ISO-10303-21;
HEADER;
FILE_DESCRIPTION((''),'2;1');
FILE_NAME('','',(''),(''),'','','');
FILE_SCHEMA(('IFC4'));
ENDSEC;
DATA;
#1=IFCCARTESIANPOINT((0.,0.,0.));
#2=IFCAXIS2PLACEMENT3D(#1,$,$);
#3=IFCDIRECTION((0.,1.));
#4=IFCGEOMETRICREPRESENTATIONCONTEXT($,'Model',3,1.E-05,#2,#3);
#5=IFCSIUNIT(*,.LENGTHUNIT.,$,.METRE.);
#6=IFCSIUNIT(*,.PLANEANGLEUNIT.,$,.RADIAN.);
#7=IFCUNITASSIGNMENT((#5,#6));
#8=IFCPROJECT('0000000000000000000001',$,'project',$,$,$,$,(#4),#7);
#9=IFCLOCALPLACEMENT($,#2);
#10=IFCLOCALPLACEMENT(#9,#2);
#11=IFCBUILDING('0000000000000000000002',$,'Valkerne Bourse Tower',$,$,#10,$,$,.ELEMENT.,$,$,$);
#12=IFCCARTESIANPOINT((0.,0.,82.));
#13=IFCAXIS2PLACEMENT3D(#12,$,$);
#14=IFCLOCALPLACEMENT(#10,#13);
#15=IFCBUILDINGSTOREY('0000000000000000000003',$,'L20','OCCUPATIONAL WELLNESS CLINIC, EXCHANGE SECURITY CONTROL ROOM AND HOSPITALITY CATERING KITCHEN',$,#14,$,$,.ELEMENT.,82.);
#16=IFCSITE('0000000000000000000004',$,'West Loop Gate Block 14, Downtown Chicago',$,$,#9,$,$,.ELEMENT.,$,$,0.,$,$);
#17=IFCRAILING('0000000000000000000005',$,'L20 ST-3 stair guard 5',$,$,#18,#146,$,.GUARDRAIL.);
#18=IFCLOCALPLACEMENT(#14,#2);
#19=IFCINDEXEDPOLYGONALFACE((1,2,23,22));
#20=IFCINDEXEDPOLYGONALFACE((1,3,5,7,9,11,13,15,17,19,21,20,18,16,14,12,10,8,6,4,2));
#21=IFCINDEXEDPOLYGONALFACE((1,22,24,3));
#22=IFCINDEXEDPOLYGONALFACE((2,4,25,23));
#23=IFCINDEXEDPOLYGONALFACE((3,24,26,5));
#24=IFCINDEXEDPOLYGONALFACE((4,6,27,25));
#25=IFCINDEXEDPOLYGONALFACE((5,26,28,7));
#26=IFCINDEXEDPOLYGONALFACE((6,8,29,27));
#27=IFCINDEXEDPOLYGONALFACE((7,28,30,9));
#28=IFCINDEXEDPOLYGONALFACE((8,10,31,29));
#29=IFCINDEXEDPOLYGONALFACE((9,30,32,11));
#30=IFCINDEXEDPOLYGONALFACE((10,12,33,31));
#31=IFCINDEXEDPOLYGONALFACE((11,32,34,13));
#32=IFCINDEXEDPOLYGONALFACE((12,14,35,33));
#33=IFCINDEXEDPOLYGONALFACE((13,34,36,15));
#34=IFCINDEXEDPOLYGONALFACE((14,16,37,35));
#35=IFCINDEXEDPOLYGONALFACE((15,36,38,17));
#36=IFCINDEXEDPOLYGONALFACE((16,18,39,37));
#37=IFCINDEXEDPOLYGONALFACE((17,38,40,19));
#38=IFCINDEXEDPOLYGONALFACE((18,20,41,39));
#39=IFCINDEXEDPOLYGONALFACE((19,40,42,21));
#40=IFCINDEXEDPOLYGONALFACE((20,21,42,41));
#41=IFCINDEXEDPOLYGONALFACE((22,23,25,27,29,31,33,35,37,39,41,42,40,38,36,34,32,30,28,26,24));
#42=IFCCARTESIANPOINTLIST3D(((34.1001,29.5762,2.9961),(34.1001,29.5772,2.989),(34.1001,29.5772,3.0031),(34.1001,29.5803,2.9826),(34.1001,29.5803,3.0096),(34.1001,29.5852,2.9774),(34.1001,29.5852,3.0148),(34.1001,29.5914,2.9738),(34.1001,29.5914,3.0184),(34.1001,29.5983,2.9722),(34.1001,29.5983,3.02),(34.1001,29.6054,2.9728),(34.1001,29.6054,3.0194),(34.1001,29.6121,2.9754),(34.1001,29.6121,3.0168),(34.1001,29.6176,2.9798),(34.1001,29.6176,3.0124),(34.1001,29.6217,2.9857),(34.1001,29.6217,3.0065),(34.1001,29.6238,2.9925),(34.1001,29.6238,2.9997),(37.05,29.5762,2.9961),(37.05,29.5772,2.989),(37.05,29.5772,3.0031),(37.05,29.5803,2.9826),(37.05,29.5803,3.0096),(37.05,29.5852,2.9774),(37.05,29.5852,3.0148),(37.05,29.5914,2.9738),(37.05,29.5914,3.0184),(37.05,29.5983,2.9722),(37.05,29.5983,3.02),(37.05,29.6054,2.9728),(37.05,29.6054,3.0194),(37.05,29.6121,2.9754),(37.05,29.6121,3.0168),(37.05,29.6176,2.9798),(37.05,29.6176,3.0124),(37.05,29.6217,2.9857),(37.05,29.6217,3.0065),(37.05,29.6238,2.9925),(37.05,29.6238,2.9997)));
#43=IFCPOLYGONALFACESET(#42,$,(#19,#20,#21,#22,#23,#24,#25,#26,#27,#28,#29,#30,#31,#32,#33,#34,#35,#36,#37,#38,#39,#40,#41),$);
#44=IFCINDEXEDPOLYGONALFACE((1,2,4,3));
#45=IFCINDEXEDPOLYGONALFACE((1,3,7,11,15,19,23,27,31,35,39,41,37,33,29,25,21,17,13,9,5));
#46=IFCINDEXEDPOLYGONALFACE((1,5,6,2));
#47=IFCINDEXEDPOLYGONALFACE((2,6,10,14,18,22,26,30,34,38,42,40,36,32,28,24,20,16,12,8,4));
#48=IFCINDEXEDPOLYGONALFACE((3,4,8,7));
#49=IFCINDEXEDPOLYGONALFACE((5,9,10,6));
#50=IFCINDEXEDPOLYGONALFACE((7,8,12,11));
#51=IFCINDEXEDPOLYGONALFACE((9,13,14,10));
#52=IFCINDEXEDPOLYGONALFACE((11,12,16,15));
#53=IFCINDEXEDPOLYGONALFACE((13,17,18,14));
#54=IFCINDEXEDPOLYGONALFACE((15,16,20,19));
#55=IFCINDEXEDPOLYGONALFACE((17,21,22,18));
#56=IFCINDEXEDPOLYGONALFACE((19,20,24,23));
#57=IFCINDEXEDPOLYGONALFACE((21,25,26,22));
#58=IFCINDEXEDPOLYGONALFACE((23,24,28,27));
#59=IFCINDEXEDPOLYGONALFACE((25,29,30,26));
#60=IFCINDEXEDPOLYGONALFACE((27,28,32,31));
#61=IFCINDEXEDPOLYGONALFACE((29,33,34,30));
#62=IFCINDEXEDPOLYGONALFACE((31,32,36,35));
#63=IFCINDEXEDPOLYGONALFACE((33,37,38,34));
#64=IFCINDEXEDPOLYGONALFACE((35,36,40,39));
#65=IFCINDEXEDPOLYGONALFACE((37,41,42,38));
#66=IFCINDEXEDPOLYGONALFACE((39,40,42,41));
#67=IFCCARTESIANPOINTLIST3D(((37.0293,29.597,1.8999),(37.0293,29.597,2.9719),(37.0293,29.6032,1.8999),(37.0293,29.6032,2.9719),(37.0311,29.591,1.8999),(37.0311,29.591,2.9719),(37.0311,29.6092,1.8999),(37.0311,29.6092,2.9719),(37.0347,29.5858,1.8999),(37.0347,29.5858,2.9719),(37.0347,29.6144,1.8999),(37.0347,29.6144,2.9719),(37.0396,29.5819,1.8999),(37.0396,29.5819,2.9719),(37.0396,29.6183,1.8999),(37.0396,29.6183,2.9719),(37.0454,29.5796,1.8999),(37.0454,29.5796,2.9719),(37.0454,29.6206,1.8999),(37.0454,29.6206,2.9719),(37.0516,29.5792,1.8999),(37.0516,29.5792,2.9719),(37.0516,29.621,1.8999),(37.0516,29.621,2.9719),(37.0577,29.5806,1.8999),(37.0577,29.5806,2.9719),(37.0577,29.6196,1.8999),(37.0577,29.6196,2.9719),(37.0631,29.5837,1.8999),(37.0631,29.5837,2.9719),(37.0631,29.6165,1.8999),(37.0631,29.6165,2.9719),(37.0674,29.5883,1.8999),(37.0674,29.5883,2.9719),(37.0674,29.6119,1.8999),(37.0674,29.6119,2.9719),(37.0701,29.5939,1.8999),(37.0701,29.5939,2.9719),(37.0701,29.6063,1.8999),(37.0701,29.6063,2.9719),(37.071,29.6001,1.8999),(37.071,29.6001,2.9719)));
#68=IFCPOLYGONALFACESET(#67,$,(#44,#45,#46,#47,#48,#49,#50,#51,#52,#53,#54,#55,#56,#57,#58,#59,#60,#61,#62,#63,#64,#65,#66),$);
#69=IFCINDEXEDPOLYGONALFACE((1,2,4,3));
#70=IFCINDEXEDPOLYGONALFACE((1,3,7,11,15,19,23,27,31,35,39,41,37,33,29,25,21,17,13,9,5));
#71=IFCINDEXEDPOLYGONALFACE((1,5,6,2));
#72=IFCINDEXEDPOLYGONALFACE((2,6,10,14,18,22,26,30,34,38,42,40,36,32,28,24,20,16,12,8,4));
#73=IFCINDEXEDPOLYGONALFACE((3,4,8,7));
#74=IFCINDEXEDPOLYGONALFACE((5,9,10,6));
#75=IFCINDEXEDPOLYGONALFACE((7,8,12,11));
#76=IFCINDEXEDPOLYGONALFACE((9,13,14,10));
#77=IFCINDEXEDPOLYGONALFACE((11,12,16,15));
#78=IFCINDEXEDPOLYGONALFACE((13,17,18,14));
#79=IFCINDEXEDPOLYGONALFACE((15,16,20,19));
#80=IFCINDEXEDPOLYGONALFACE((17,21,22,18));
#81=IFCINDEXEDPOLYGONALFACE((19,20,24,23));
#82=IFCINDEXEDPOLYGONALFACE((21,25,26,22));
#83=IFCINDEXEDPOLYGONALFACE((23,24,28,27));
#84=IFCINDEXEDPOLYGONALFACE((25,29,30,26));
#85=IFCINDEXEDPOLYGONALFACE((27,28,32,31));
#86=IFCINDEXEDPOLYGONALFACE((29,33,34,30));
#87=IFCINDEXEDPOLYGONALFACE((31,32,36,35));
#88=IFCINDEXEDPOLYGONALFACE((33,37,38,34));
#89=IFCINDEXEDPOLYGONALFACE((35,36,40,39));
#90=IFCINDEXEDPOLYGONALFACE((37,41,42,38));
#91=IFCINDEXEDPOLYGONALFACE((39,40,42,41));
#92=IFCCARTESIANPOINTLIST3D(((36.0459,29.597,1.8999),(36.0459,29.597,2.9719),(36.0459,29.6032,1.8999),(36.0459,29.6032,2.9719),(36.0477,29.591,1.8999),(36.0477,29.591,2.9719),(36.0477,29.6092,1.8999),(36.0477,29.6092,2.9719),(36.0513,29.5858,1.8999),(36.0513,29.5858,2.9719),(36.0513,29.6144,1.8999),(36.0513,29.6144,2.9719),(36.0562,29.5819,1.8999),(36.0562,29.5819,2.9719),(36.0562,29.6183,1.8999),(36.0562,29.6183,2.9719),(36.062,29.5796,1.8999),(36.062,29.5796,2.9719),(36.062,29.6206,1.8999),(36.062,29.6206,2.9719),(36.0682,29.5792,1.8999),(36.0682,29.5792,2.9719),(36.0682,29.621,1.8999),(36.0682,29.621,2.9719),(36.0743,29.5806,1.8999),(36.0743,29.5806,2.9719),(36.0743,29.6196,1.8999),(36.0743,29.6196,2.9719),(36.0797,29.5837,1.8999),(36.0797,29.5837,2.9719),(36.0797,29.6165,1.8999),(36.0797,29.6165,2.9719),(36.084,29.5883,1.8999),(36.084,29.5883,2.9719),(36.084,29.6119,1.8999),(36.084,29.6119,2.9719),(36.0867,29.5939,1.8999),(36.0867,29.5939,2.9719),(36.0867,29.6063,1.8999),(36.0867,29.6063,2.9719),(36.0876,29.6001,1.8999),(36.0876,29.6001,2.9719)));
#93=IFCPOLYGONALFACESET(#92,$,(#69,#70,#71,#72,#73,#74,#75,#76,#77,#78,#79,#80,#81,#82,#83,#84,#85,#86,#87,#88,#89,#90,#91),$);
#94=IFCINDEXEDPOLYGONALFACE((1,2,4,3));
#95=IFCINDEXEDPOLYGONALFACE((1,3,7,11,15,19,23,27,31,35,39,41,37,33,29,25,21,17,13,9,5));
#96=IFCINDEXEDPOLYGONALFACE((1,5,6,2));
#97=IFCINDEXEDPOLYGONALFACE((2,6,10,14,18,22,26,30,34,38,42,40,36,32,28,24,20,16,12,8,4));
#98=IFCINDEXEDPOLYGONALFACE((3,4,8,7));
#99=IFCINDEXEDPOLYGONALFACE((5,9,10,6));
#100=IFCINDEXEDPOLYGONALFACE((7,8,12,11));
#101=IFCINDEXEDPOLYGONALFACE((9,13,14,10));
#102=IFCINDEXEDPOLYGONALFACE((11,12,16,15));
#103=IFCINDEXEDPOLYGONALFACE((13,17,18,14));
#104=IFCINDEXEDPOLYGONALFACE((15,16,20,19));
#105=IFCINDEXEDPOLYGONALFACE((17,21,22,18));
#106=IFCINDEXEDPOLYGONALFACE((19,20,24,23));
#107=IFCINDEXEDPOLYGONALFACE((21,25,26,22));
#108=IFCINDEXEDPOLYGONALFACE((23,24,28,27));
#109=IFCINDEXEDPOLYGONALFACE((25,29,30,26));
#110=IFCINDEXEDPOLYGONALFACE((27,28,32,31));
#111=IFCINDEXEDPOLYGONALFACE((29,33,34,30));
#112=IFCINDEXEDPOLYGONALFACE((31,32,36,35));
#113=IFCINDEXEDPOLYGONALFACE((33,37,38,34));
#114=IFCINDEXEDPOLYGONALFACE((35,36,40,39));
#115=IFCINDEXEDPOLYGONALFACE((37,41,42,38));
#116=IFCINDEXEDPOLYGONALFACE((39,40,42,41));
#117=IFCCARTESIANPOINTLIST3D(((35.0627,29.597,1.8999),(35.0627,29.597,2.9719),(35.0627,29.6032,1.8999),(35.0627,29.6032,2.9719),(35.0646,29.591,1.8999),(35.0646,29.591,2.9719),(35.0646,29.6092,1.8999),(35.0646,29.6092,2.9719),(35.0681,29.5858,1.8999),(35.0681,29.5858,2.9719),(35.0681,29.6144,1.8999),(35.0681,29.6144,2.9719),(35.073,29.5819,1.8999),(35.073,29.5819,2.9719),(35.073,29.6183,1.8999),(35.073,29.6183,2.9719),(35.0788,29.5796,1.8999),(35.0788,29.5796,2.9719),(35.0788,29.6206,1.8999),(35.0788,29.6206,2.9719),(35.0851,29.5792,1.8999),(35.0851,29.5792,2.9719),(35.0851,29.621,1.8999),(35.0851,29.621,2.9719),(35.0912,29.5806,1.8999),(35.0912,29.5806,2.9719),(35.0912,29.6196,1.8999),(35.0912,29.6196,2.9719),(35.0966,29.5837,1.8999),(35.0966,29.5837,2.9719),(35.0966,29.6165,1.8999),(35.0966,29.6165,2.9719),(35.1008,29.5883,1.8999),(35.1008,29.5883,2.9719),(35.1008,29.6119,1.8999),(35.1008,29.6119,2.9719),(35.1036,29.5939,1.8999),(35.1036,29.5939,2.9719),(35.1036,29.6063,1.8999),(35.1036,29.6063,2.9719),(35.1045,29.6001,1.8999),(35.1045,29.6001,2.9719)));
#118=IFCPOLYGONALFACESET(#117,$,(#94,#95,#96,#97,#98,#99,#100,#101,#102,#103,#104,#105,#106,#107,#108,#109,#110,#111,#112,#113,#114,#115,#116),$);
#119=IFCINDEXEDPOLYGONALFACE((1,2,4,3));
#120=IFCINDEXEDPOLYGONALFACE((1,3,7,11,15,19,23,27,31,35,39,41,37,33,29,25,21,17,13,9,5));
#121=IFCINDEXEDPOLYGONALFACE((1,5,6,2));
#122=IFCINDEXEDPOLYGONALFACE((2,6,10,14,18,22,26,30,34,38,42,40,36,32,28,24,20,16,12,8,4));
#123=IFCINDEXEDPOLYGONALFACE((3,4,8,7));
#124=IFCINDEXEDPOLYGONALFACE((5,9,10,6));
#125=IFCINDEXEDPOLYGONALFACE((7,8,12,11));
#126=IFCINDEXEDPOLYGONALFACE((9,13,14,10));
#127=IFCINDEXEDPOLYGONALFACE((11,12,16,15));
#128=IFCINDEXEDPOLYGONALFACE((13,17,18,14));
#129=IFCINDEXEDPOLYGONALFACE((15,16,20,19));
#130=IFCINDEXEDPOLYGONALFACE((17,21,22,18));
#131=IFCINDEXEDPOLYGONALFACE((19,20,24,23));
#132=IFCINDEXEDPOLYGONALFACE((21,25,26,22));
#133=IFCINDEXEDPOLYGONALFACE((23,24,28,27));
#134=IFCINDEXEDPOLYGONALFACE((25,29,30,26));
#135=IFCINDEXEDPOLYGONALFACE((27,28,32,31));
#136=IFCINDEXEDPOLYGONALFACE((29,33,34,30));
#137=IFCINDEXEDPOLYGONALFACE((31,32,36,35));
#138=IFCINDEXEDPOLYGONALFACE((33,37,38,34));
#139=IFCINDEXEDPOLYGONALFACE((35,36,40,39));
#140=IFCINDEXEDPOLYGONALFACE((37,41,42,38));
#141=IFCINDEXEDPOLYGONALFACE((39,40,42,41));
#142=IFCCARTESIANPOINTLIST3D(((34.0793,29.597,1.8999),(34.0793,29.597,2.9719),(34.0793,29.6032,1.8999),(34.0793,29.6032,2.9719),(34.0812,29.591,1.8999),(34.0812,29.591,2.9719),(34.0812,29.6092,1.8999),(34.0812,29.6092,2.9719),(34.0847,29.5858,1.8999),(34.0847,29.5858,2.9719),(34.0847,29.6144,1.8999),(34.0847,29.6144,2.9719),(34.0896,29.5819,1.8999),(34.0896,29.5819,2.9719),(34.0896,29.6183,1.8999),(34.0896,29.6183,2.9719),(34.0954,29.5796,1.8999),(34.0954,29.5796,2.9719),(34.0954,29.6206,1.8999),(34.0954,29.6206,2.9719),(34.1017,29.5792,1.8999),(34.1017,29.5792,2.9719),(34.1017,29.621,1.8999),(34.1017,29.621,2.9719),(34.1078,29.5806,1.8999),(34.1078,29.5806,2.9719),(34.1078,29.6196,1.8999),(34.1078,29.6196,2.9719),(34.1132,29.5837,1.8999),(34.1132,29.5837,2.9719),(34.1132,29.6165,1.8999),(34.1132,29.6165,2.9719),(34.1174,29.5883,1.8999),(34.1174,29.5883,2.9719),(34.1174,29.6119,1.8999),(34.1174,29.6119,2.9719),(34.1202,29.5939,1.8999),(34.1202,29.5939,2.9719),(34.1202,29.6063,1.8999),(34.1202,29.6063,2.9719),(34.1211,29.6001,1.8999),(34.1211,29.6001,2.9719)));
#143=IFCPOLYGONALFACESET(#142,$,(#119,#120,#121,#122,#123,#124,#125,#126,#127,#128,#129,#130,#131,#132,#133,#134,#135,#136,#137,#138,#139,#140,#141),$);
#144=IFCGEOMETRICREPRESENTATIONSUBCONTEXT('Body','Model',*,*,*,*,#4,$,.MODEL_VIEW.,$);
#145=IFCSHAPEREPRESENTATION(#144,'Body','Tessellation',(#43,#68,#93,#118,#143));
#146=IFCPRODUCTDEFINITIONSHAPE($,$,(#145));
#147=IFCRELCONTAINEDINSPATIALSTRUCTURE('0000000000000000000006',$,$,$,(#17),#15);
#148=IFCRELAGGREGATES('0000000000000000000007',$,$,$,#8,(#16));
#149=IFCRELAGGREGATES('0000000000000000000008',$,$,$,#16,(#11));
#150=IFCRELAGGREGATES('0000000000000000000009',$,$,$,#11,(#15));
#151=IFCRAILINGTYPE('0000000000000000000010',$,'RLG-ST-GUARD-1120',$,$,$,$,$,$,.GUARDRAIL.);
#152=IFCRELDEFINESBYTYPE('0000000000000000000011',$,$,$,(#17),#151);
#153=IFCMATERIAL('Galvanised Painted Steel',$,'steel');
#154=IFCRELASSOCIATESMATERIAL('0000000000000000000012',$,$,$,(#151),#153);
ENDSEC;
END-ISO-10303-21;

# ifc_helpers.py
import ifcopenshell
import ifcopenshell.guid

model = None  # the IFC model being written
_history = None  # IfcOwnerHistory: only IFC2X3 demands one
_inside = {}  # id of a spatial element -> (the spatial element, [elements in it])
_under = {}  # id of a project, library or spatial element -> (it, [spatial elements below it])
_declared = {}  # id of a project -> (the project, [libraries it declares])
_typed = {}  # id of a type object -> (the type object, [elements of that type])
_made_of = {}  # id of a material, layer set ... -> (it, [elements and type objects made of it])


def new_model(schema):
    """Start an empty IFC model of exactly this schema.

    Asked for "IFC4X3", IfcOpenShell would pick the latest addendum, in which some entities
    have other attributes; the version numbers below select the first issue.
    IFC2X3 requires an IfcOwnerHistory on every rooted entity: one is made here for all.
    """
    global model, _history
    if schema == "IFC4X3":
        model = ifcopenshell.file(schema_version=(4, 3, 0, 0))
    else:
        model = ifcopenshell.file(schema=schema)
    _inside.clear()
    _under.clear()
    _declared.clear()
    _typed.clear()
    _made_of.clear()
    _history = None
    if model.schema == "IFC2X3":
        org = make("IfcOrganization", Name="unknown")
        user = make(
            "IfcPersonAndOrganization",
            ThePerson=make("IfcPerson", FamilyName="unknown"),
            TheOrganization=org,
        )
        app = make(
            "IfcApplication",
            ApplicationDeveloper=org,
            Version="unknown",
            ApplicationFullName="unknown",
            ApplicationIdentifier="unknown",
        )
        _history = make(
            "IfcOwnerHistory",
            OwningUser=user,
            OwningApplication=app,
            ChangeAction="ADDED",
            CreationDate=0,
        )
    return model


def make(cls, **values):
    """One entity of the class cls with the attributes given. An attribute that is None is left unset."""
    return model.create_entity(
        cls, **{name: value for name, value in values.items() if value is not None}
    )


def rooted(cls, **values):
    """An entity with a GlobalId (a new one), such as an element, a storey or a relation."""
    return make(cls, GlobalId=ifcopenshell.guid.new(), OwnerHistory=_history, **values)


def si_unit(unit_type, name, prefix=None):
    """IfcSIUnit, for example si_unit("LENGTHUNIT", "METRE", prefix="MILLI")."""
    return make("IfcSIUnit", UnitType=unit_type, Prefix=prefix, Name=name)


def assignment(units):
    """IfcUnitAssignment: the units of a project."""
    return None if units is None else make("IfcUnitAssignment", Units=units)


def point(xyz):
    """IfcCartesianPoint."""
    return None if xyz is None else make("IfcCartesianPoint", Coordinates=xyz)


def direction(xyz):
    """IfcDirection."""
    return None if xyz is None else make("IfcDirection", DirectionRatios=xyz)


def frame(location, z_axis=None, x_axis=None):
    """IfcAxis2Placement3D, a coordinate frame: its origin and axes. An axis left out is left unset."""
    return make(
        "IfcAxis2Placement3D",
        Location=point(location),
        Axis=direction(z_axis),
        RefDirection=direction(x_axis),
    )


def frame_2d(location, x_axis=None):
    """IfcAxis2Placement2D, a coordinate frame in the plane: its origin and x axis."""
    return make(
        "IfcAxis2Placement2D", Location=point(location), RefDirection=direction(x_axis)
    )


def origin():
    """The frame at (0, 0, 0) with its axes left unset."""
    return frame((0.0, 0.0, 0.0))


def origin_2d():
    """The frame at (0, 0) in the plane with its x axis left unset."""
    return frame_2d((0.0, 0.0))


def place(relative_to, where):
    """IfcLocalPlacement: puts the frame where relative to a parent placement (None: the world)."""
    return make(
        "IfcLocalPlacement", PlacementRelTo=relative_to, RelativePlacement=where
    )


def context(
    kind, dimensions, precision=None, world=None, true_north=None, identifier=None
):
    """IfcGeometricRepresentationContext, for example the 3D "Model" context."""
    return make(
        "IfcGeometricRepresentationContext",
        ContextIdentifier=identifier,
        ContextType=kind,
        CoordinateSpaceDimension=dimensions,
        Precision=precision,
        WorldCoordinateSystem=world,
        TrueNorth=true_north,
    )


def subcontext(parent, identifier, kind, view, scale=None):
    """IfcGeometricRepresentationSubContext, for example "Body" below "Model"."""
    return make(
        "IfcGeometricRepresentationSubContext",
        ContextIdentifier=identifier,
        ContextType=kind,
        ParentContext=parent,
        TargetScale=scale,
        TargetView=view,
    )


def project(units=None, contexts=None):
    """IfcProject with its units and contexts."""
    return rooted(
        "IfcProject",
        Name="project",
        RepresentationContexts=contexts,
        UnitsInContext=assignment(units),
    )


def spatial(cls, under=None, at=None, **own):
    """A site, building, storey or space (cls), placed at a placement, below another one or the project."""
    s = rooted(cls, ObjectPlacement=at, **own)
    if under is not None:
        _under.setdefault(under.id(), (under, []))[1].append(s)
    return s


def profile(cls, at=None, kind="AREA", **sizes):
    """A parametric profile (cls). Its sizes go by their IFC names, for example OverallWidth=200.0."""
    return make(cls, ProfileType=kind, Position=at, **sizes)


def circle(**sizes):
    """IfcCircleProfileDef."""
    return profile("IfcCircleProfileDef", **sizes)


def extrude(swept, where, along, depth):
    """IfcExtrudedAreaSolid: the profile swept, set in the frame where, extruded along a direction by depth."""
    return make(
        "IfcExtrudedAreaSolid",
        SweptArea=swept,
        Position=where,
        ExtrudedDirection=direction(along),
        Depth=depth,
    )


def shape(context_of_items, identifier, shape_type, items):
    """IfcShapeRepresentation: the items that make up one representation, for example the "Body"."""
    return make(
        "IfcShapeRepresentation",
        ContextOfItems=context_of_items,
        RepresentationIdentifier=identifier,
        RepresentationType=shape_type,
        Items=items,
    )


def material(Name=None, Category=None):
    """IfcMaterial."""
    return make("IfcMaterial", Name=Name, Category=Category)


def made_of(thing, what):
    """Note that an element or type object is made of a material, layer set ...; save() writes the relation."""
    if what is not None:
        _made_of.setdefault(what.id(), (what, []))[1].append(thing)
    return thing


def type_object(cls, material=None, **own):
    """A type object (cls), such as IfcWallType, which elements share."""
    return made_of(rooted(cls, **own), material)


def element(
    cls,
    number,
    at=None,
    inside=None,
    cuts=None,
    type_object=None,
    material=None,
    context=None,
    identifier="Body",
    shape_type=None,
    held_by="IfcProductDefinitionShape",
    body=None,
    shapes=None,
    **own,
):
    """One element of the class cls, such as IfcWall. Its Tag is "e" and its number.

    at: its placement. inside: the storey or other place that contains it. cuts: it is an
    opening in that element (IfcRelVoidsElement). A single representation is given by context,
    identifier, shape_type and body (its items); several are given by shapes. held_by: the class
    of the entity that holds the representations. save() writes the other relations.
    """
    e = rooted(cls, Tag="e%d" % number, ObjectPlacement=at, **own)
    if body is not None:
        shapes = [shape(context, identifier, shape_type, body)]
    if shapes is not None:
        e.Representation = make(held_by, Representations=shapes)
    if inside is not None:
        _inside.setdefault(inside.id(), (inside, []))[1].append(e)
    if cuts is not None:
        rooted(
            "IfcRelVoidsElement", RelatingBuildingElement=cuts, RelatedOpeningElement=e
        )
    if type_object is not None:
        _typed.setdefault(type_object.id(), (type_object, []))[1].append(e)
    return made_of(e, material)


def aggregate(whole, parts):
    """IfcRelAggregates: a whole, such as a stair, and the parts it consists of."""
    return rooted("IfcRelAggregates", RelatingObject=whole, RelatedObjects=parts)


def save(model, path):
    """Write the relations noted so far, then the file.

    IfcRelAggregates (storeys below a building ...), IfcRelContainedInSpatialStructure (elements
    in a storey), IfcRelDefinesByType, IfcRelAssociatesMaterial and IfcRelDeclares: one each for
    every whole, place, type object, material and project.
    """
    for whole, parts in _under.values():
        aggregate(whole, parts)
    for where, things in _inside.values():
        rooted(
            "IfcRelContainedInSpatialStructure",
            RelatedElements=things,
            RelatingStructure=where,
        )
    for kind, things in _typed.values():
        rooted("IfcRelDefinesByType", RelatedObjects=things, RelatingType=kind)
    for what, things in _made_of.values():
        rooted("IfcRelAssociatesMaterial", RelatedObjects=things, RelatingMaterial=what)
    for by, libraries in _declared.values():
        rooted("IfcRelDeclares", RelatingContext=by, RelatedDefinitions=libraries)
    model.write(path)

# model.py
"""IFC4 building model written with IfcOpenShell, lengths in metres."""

from ifc_helpers import new_model, si_unit, direction, frame, origin, origin_2d, place, context, subcontext, project, spatial, circle, extrude, material, type_object, element, save


model = new_model("IFC4")

# Units and contexts
model_context = context("Model", 3, precision=1e-05, world=origin(), true_north=direction((0.0, 1.0)))
body_context = subcontext(model_context, "Body", "Model", "MODEL_VIEW")
ifc_project = project(units=[si_unit("LENGTHUNIT", "METRE"), si_unit("PLANEANGLEUNIT", "RADIAN")], contexts=[model_context])

# Site, building, storey
site_placement = place(None, origin())
site = spatial("IfcSite", under=ifc_project, at=site_placement, Name="West Loop Gate Block 14, Downtown Chicago", CompositionType="ELEMENT", RefElevation=0.0)
building_placement = place(site_placement, origin())
building = spatial("IfcBuilding", under=site, at=building_placement, Name="Valkerne Bourse Tower", CompositionType="ELEMENT")
storey_placement = place(building_placement, frame((0.0, 0.0, 82.0)))
storey = spatial("IfcBuildingStorey", under=building, at=storey_placement, Name="L20", Description="OCCUPATIONAL WELLNESS CLINIC, EXCHANGE SECURITY CONTROL ROOM AND HOSPITALITY CATERING KITCHEN", CompositionType="ELEMENT", Elevation=82.0)

# Railing
ifc_material_1 = material(Name="Galvanised Painted Steel", Category="steel")
railing_type_1 = type_object("IfcRailingType", Name="RLG-ST-GUARD-1120", PredefinedType="GUARDRAIL", material=ifc_material_1)
railing_1_placement = place(storey_placement, frame((37.05, 29.6001, 1.8999)))
element("IfcRailing", 1, at=railing_1_placement, inside=storey, type_object=railing_type_1, Name="L20 ST-3 stair guard 5", PredefinedType="GUARDRAIL", context=body_context, shape_type="SweptSolid", body=[
    extrude(circle(Radius=0.0239, at=origin_2d()), frame((0.0, 0.0, 1.0962), z_axis=(-1.0, 0.0, 0.0), x_axis=(0.0, -1.0, 0.0)), (0.0, 0.0, 1.0), 2.95),
    extrude(circle(Radius=0.021, at=origin_2d()), origin(), (0.0, 0.0, 1.0), 1.072),
    extrude(circle(Radius=0.021, at=origin_2d()), frame((-0.9834, 0.0, 0.0)), (0.0, 0.0, 1.0), 1.072),
    extrude(circle(Radius=0.021, at=origin_2d()), frame((-1.9666, 0.0, 0.0)), (0.0, 0.0, 1.0), 1.072),
    extrude(circle(Radius=0.021, at=origin_2d()), frame((-2.95, 0.0, 0.0)), (0.0, 0.0, 1.0), 1.072),
])

save(model, "model.ifc")
